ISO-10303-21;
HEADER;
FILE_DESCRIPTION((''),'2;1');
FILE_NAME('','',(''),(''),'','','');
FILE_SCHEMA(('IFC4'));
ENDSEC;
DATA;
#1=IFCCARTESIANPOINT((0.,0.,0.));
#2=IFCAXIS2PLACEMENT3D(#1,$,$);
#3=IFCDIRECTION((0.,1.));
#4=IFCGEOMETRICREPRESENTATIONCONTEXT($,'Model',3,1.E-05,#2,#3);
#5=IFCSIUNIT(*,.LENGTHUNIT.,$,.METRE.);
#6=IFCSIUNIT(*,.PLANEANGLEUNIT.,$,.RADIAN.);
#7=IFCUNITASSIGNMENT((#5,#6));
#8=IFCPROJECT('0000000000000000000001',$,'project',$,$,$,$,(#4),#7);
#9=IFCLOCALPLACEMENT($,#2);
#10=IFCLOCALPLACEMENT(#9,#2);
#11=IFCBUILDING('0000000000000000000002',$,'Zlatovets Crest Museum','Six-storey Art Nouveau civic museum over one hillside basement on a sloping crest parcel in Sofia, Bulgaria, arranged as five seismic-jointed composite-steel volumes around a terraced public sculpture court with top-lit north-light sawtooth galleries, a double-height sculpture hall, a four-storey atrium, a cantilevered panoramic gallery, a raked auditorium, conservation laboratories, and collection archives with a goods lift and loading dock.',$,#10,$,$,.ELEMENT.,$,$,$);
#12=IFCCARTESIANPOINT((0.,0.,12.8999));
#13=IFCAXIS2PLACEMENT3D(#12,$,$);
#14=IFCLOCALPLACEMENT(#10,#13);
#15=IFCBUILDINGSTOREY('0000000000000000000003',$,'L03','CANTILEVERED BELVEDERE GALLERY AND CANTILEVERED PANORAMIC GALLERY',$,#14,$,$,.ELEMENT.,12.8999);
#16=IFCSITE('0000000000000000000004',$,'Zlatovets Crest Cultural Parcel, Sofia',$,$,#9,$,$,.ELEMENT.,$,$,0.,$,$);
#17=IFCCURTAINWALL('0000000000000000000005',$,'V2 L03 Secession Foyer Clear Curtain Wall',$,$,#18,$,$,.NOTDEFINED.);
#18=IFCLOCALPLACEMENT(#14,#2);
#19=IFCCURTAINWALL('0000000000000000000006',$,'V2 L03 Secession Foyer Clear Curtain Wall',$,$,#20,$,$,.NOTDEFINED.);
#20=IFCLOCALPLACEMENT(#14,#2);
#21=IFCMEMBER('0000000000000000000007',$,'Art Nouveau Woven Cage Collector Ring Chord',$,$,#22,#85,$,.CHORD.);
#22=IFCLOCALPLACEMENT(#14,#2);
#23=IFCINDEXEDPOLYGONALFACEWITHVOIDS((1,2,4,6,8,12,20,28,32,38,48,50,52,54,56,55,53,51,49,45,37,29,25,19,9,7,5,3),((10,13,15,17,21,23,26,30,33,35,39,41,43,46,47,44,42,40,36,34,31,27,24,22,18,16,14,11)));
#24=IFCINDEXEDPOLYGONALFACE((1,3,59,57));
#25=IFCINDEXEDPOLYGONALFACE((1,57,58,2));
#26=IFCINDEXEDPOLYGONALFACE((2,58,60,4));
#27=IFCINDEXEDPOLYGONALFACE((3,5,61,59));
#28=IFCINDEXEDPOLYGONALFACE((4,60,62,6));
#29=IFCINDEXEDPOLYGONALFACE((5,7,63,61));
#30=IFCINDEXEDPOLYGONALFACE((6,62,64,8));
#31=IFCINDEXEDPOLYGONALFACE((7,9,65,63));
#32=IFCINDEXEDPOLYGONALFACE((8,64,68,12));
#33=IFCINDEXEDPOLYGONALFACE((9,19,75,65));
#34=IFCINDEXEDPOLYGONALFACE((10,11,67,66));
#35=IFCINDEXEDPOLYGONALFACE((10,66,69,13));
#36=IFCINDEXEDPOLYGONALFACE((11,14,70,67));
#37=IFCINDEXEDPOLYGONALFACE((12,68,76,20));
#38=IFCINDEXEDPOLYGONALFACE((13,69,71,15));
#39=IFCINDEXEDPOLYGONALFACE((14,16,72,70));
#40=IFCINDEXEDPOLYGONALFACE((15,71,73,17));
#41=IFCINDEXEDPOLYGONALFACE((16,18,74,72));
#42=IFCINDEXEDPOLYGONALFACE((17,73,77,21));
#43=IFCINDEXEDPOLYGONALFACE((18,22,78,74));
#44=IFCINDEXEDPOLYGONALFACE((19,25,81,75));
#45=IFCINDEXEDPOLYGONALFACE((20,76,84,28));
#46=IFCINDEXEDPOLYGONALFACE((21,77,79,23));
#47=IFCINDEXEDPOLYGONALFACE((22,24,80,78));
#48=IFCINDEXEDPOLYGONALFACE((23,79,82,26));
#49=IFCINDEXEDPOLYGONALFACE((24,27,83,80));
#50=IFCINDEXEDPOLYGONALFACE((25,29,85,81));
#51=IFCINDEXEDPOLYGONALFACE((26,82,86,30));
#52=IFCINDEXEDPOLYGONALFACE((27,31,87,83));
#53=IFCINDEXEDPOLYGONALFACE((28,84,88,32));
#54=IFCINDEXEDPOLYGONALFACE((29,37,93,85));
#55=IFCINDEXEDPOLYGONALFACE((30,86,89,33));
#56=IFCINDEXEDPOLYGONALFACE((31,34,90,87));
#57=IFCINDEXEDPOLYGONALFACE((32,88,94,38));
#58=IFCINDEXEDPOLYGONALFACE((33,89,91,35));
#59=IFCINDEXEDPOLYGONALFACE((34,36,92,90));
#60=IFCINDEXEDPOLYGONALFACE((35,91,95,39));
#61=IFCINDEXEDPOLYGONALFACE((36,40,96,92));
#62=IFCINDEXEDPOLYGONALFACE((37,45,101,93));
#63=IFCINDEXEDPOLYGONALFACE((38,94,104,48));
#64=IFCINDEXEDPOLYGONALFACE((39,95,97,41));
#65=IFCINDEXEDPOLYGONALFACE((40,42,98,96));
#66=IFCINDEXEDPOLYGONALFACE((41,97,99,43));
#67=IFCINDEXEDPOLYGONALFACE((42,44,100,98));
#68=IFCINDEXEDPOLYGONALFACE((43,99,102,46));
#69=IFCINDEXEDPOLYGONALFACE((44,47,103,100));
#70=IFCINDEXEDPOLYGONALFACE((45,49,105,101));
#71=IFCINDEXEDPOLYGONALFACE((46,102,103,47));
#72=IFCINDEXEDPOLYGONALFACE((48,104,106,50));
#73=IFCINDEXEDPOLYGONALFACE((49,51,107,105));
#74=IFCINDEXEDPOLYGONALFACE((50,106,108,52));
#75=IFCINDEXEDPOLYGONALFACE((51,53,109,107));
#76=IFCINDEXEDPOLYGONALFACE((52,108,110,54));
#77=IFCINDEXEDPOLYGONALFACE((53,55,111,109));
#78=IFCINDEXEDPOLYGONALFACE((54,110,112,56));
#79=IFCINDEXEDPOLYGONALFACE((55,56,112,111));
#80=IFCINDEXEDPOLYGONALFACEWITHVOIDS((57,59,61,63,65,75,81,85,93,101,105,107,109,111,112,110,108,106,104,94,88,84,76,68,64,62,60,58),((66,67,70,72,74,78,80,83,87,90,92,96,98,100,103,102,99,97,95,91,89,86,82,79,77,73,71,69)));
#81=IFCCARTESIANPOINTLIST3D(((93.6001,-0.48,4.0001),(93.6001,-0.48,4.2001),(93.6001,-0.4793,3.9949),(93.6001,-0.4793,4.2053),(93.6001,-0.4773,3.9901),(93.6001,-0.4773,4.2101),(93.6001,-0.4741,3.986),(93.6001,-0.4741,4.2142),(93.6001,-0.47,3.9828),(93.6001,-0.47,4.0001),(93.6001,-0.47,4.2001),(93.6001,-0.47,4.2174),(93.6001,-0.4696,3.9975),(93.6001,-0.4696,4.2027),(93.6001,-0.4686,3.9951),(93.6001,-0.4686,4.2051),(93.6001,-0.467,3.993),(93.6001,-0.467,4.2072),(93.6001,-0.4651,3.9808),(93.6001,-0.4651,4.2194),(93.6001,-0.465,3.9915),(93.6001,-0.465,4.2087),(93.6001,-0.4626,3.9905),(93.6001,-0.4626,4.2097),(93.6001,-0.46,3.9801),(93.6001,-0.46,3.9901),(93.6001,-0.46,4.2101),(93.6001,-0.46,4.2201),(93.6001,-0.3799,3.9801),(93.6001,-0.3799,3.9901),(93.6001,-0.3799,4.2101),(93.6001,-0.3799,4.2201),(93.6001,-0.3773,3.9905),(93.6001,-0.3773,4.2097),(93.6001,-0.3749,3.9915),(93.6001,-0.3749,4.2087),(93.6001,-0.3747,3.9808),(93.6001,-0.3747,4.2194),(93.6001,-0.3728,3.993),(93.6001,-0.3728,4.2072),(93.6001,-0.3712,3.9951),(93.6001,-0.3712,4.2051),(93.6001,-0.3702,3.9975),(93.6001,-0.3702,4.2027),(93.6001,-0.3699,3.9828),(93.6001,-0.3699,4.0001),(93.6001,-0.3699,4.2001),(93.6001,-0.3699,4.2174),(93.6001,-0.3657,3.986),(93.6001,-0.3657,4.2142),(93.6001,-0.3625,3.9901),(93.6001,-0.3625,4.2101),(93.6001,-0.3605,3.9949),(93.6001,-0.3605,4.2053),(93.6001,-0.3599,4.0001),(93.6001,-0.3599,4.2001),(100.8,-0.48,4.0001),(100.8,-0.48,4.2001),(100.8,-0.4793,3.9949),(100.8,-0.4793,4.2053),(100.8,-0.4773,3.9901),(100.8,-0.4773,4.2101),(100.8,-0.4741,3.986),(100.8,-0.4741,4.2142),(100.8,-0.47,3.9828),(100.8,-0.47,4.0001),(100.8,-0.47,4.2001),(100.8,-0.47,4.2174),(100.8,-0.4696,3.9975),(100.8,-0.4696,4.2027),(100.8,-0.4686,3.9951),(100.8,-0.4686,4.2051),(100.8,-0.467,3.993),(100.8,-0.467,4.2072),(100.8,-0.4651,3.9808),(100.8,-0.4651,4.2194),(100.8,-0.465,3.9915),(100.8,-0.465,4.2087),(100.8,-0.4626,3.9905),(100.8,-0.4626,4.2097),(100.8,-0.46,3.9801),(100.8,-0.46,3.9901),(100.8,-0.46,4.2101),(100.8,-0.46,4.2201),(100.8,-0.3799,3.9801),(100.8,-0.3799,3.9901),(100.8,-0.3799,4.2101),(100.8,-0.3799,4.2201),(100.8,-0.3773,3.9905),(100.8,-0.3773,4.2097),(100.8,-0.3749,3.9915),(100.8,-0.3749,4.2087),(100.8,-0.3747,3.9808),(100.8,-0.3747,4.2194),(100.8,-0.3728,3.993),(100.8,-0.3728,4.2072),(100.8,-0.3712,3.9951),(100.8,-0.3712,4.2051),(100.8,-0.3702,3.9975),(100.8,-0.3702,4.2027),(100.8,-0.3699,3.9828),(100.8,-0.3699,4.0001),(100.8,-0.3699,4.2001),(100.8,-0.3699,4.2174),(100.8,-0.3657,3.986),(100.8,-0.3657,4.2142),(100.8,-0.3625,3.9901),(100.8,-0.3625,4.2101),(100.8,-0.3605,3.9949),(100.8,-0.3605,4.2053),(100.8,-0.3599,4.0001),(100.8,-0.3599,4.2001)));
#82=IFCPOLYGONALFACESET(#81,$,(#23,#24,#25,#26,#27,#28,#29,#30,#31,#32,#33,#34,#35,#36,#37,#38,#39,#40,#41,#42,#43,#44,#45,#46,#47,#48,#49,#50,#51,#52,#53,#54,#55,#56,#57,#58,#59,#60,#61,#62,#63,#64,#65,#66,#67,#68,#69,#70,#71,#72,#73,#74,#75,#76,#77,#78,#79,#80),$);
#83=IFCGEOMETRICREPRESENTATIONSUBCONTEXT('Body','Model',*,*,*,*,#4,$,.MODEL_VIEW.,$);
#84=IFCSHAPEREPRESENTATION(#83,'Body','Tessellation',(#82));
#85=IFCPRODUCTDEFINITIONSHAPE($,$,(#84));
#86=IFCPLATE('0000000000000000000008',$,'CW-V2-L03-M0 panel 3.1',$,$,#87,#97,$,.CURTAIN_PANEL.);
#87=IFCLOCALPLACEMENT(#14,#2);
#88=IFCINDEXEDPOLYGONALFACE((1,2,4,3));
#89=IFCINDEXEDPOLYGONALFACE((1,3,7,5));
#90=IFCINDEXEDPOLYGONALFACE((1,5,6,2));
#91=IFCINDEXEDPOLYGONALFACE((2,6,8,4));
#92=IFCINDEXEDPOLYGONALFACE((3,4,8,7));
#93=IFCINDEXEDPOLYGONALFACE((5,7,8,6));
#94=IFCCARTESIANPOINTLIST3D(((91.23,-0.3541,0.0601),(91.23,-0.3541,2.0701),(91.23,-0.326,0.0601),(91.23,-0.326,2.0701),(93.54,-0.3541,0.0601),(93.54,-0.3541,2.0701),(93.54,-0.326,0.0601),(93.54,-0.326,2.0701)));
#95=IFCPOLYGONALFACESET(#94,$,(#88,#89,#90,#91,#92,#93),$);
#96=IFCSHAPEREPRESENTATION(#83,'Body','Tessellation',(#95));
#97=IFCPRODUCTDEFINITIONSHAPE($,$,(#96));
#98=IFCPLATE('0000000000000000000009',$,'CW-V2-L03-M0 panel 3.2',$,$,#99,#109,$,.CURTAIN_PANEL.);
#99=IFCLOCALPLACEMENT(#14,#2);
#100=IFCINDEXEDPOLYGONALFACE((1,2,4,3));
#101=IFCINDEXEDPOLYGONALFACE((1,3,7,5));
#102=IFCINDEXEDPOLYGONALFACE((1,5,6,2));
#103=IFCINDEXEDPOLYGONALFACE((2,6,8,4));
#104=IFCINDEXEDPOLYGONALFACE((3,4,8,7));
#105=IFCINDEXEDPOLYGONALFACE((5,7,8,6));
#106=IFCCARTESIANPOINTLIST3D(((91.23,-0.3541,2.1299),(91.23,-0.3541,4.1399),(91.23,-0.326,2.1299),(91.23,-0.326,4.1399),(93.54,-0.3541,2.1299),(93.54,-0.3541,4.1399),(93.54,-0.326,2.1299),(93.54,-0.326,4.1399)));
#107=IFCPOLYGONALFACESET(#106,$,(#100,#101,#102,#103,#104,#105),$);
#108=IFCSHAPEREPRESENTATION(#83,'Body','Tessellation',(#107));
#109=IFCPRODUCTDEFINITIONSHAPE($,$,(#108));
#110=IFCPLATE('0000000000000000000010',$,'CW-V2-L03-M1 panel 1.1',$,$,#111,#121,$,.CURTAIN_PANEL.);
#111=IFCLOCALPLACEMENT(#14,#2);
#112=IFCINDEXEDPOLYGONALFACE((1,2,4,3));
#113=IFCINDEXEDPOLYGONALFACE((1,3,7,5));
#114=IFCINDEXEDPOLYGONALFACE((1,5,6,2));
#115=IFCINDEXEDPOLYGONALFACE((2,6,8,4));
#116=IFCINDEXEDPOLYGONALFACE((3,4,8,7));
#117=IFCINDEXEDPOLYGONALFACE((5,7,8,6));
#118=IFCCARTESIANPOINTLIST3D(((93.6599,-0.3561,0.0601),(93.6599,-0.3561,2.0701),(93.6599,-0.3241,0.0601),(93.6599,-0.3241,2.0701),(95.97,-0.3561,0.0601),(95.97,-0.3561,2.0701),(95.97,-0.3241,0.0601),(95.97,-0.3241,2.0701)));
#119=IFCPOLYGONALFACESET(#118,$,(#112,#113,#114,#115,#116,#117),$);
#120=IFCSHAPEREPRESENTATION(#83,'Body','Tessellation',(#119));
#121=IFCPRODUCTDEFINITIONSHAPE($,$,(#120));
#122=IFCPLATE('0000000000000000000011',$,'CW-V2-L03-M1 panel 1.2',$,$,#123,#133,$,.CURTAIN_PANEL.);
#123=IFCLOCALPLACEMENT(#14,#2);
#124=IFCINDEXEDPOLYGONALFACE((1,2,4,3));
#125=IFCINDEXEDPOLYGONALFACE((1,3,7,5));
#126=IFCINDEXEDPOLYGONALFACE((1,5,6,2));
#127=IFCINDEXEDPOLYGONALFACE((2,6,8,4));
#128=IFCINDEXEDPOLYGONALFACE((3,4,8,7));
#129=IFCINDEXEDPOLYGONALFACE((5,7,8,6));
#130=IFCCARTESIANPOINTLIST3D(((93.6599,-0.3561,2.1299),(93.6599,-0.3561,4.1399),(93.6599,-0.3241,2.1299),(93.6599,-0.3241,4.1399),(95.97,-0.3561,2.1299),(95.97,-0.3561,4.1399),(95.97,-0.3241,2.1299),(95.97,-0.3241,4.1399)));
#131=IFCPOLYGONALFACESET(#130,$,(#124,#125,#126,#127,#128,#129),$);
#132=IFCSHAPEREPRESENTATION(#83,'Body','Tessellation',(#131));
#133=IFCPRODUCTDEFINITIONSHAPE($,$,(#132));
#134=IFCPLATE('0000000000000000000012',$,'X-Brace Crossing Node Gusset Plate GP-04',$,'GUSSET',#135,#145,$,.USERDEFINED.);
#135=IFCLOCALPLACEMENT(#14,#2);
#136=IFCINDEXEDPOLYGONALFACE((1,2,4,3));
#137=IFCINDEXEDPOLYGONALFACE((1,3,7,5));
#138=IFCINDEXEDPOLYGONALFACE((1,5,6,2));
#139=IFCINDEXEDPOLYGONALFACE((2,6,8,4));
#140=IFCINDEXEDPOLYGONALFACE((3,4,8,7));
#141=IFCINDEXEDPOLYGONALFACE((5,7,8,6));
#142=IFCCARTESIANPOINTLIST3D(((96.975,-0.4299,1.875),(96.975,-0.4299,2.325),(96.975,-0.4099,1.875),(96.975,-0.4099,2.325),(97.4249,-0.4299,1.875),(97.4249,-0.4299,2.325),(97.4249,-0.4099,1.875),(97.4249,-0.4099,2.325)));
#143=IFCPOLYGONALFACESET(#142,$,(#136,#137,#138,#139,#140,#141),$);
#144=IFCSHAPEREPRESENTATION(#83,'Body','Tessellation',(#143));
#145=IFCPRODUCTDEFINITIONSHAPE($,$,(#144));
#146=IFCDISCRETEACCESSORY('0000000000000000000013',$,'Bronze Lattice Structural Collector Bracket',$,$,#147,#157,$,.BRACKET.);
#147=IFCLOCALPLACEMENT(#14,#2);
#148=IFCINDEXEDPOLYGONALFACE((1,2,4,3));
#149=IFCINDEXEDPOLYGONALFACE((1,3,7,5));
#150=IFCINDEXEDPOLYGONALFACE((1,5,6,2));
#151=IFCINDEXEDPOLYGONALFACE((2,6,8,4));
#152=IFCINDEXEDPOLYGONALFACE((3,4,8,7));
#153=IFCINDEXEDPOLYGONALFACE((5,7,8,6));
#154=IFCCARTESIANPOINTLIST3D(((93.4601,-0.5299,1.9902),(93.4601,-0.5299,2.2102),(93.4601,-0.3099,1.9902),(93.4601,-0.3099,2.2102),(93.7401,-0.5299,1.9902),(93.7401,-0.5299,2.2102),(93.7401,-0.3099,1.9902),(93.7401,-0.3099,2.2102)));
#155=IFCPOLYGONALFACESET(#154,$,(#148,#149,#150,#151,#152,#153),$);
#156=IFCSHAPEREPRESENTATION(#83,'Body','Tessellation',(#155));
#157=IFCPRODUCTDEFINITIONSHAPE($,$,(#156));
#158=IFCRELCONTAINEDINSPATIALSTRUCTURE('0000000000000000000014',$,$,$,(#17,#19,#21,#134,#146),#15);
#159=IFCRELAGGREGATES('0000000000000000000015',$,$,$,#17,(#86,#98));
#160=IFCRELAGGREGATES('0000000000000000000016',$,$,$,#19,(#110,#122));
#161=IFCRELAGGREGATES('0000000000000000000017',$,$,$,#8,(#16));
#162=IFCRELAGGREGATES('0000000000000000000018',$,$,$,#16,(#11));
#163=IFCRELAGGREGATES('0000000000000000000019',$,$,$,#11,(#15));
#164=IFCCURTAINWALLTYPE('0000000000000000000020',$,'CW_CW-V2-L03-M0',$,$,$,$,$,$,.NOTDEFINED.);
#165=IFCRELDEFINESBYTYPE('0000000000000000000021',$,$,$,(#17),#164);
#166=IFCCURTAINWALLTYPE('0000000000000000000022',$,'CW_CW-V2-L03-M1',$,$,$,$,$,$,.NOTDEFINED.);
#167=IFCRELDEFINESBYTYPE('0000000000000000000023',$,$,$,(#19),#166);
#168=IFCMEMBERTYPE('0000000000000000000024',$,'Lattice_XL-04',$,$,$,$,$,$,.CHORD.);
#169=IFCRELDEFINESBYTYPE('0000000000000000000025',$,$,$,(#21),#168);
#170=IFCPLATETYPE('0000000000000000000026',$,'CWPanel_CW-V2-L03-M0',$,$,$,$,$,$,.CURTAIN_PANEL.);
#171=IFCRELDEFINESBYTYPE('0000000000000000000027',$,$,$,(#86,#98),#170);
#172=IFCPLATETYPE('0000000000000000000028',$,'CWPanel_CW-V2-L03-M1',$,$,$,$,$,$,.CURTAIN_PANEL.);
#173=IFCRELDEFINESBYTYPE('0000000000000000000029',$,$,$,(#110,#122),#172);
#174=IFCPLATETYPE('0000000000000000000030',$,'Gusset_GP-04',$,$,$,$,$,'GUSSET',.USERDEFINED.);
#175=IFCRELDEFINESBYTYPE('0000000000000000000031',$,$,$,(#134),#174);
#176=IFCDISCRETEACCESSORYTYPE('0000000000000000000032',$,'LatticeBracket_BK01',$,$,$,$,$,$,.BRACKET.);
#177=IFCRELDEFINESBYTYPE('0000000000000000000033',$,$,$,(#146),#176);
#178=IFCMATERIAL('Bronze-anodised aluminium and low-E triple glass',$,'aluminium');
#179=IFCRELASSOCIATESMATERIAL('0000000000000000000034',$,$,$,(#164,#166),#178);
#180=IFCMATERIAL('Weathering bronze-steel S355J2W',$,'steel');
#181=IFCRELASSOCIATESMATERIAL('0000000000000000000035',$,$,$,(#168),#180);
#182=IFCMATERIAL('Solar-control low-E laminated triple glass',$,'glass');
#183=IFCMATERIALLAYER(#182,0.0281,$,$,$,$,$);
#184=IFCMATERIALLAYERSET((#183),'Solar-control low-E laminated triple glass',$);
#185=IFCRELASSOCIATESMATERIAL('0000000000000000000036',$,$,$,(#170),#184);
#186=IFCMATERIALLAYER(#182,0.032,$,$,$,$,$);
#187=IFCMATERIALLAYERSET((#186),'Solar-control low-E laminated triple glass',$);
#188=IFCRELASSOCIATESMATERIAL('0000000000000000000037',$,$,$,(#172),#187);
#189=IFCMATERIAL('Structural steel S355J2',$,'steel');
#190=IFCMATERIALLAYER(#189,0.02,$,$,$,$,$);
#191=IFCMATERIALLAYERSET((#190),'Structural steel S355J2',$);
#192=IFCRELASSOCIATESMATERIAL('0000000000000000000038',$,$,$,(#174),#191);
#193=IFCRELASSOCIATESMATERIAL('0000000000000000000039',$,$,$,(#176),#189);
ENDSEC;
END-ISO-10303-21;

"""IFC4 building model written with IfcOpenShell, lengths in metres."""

from ifc_helpers import new_model, si_unit, direction, frame, origin, origin_2d, place, context, subcontext, project, spatial, rectangle, hollow_rectangle, extrude, material, layer, layer_set, material_profile, profile_set, type_object, element, aggregate, save


model = new_model("IFC4")

# Units and contexts
model_context = context("Model", 3, precision=1e-05, world=origin(), true_north=direction((0.0, 1.0)))
body_context = subcontext(model_context, "Body", "Model", "MODEL_VIEW")
ifc_project = project(units=[si_unit("LENGTHUNIT", "METRE"), si_unit("PLANEANGLEUNIT", "RADIAN")], contexts=[model_context])

# Site, building, storey
site_placement = place(None, origin())
site = spatial("IfcSite", under=ifc_project, at=site_placement, Name="Zlatovets Crest Cultural Parcel, Sofia", CompositionType="ELEMENT", RefElevation=0.0)
building_placement = place(site_placement, origin())
building = spatial("IfcBuilding", under=site, at=building_placement, Name="Zlatovets Crest Museum", Description="Six-storey Art Nouveau civic museum over one hillside basement on a sloping crest parcel in Sofia, Bulgaria, arranged as five seismic-jointed composite-steel volumes around a terraced public sculpture court with top-lit north-light sawtooth galleries, a double-height sculpture hall, a four-storey atrium, a cantilevered panoramic gallery, a raked auditorium, conservation laboratories, and collection archives with a goods lift and loading dock.", CompositionType="ELEMENT")
storey_placement = place(building_placement, frame((0.0, 0.0, 12.8999)))
storey = spatial("IfcBuildingStorey", under=building, at=storey_placement, Name="L03", Description="CANTILEVERED BELVEDERE GALLERY AND CANTILEVERED PANORAMIC GALLERY", CompositionType="ELEMENT", Elevation=12.8999)

# Curtain walls
ifc_material_1 = material(Name="Bronze-anodised aluminium and low-E triple glass", Category="aluminium")
curtain_wall_type_1 = type_object("IfcCurtainWallType", Name="CW_CW-V2-L03-M0", PredefinedType="NOTDEFINED", material=ifc_material_1)
curtain_wall_1_placement = place(storey_placement, origin())
curtain_wall_1 = element("IfcCurtainWall", 1, at=curtain_wall_1_placement, inside=storey, type_object=curtain_wall_type_1, Name="V2 L03 Secession Foyer Clear Curtain Wall", PredefinedType="NOTDEFINED")
curtain_wall_type_2 = type_object("IfcCurtainWallType", Name="CW_CW-V2-L03-M1", PredefinedType="NOTDEFINED", material=ifc_material_1)
curtain_wall_2_placement = place(storey_placement, origin())
curtain_wall_2 = element("IfcCurtainWall", 2, at=curtain_wall_2_placement, inside=storey, type_object=curtain_wall_type_2, Name="V2 L03 Secession Foyer Clear Curtain Wall", PredefinedType="NOTDEFINED")

# Member
ifc_material_2 = material(Name="Weathering bronze-steel S355J2W", Category="steel")
ifc_material_profile_1 = material_profile(ifc_material_2, hollow_rectangle(XDim=0.1201, YDim=0.24, WallThickness=0.01, InnerFilletRadius=0.01, OuterFilletRadius=0.02, at=origin_2d()), Name="RHS 120x240x10.0")
ifc_profile_set_1 = profile_set([ifc_material_profile_1], Name="Weathering bronze-steel S355J2W")
member_type_1 = type_object("IfcMemberType", Name="Lattice_XL-04", PredefinedType="CHORD", material=ifc_profile_set_1)
member_1_placement = place(storey_placement, frame((93.6001, -0.4199, 4.1001), z_axis=(1.0, 0.0, 0.0), x_axis=(0.0, 1.0, 0.0)))
element("IfcMember", 3, at=member_1_placement, inside=storey, type_object=member_type_1, Name="Art Nouveau Woven Cage Collector Ring Chord", PredefinedType="CHORD", context=body_context, shape_type="SweptSolid", body=[
    extrude(hollow_rectangle(XDim=0.1201, YDim=0.24, WallThickness=0.01, InnerFilletRadius=0.01, OuterFilletRadius=0.02, at=origin_2d()), origin(), (0.0, 0.0, 1.0), 7.2),
])

# Plates
ifc_material_3 = material(Name="Solar-control low-E laminated triple glass", Category="glass")
ifc_layer_1 = layer(ifc_material_3, 0.0281)
ifc_layer_set_1 = layer_set([ifc_layer_1], Name="Solar-control low-E laminated triple glass")
plate_type_1 = type_object("IfcPlateType", Name="CWPanel_CW-V2-L03-M0", PredefinedType="CURTAIN_PANEL", material=ifc_layer_set_1)
plate_1_placement = place(storey_placement, frame((92.385, -0.3401, 0.0601), z_axis=(0.0, 0.0, 1.0), x_axis=(1.0, 0.0, 0.0)))
plate_1 = element("IfcPlate", 4, at=plate_1_placement, type_object=plate_type_1, Name="CW-V2-L03-M0 panel 3.1", PredefinedType="CURTAIN_PANEL", context=body_context, shape_type="SweptSolid", body=[
    extrude(rectangle(XDim=2.3101, YDim=0.0281, at=origin_2d()), origin(), (0.0, 0.0, 1.0), 2.01),
])
plate_2_placement = place(storey_placement, frame((92.385, -0.3401, 2.1299), z_axis=(0.0, 0.0, 1.0), x_axis=(1.0, 0.0, 0.0)))
plate_2 = element("IfcPlate", 5, at=plate_2_placement, type_object=plate_type_1, Name="CW-V2-L03-M0 panel 3.2", PredefinedType="CURTAIN_PANEL", context=body_context, shape_type="SweptSolid", body=[
    extrude(rectangle(XDim=2.3101, YDim=0.0281, at=origin_2d()), origin(), (0.0, 0.0, 1.0), 2.01),
])
aggregate(curtain_wall_1, [plate_1, plate_2])
ifc_layer_2 = layer(ifc_material_3, 0.032)
ifc_layer_set_2 = layer_set([ifc_layer_2], Name="Solar-control low-E laminated triple glass")
plate_type_2 = type_object("IfcPlateType", Name="CWPanel_CW-V2-L03-M1", PredefinedType="CURTAIN_PANEL", material=ifc_layer_set_2)
plate_3_placement = place(storey_placement, frame((94.8149, -0.3401, 0.0601), z_axis=(0.0, 0.0, 1.0), x_axis=(1.0, 0.0, 0.0)))
plate_3 = element("IfcPlate", 6, at=plate_3_placement, type_object=plate_type_2, Name="CW-V2-L03-M1 panel 1.1", PredefinedType="CURTAIN_PANEL", context=body_context, shape_type="SweptSolid", body=[
    extrude(rectangle(XDim=2.3101, YDim=0.032, at=origin_2d()), origin(), (0.0, 0.0, 1.0), 2.01),
])
plate_4_placement = place(storey_placement, frame((94.8149, -0.3401, 2.1299), z_axis=(0.0, 0.0, 1.0), x_axis=(1.0, 0.0, 0.0)))
plate_4 = element("IfcPlate", 7, at=plate_4_placement, type_object=plate_type_2, Name="CW-V2-L03-M1 panel 1.2", PredefinedType="CURTAIN_PANEL", context=body_context, shape_type="SweptSolid", body=[
    extrude(rectangle(XDim=2.3101, YDim=0.032, at=origin_2d()), origin(), (0.0, 0.0, 1.0), 2.01),
])
aggregate(curtain_wall_2, [plate_3, plate_4])
ifc_material_4 = material(Name="Structural steel S355J2", Category="steel")
ifc_layer_3 = layer(ifc_material_4, 0.02)
ifc_layer_set_3 = layer_set([ifc_layer_3], Name="Structural steel S355J2")
plate_type_3 = type_object("IfcPlateType", Name="Gusset_GP-04", ElementType="GUSSET", PredefinedType="USERDEFINED", material=ifc_layer_set_3)
plate_5_placement = place(storey_placement, frame((97.2, -0.4199, 1.875), z_axis=(0.0, 0.0, 1.0), x_axis=(1.0, 0.0, 0.0)))
element("IfcPlate", 8, at=plate_5_placement, inside=storey, type_object=plate_type_3, Name="X-Brace Crossing Node Gusset Plate GP-04", ObjectType="GUSSET", PredefinedType="USERDEFINED", context=body_context, shape_type="SweptSolid", body=[
    extrude(rectangle(XDim=0.45, YDim=0.02, at=origin_2d()), origin(), (0.0, 0.0, 1.0), 0.45),
])

# Discrete accessory
discrete_accessory_type = type_object("IfcDiscreteAccessoryType", Name="LatticeBracket_BK01", PredefinedType="BRACKET", material=ifc_material_4)
discrete_accessory_placement = place(storey_placement, frame((93.6001, -0.4199, 1.9902), z_axis=(0.0, 0.0, 1.0), x_axis=(1.0, 0.0, 0.0)))
element("IfcDiscreteAccessory", 9, at=discrete_accessory_placement, inside=storey, type_object=discrete_accessory_type, Name="Bronze Lattice Structural Collector Bracket", PredefinedType="BRACKET", context=body_context, shape_type="SweptSolid", body=[
    extrude(rectangle(XDim=0.28, YDim=0.22, at=origin_2d()), origin(), (0.0, 0.0, 1.0), 0.22),
])

save(model, "model.ifc")
